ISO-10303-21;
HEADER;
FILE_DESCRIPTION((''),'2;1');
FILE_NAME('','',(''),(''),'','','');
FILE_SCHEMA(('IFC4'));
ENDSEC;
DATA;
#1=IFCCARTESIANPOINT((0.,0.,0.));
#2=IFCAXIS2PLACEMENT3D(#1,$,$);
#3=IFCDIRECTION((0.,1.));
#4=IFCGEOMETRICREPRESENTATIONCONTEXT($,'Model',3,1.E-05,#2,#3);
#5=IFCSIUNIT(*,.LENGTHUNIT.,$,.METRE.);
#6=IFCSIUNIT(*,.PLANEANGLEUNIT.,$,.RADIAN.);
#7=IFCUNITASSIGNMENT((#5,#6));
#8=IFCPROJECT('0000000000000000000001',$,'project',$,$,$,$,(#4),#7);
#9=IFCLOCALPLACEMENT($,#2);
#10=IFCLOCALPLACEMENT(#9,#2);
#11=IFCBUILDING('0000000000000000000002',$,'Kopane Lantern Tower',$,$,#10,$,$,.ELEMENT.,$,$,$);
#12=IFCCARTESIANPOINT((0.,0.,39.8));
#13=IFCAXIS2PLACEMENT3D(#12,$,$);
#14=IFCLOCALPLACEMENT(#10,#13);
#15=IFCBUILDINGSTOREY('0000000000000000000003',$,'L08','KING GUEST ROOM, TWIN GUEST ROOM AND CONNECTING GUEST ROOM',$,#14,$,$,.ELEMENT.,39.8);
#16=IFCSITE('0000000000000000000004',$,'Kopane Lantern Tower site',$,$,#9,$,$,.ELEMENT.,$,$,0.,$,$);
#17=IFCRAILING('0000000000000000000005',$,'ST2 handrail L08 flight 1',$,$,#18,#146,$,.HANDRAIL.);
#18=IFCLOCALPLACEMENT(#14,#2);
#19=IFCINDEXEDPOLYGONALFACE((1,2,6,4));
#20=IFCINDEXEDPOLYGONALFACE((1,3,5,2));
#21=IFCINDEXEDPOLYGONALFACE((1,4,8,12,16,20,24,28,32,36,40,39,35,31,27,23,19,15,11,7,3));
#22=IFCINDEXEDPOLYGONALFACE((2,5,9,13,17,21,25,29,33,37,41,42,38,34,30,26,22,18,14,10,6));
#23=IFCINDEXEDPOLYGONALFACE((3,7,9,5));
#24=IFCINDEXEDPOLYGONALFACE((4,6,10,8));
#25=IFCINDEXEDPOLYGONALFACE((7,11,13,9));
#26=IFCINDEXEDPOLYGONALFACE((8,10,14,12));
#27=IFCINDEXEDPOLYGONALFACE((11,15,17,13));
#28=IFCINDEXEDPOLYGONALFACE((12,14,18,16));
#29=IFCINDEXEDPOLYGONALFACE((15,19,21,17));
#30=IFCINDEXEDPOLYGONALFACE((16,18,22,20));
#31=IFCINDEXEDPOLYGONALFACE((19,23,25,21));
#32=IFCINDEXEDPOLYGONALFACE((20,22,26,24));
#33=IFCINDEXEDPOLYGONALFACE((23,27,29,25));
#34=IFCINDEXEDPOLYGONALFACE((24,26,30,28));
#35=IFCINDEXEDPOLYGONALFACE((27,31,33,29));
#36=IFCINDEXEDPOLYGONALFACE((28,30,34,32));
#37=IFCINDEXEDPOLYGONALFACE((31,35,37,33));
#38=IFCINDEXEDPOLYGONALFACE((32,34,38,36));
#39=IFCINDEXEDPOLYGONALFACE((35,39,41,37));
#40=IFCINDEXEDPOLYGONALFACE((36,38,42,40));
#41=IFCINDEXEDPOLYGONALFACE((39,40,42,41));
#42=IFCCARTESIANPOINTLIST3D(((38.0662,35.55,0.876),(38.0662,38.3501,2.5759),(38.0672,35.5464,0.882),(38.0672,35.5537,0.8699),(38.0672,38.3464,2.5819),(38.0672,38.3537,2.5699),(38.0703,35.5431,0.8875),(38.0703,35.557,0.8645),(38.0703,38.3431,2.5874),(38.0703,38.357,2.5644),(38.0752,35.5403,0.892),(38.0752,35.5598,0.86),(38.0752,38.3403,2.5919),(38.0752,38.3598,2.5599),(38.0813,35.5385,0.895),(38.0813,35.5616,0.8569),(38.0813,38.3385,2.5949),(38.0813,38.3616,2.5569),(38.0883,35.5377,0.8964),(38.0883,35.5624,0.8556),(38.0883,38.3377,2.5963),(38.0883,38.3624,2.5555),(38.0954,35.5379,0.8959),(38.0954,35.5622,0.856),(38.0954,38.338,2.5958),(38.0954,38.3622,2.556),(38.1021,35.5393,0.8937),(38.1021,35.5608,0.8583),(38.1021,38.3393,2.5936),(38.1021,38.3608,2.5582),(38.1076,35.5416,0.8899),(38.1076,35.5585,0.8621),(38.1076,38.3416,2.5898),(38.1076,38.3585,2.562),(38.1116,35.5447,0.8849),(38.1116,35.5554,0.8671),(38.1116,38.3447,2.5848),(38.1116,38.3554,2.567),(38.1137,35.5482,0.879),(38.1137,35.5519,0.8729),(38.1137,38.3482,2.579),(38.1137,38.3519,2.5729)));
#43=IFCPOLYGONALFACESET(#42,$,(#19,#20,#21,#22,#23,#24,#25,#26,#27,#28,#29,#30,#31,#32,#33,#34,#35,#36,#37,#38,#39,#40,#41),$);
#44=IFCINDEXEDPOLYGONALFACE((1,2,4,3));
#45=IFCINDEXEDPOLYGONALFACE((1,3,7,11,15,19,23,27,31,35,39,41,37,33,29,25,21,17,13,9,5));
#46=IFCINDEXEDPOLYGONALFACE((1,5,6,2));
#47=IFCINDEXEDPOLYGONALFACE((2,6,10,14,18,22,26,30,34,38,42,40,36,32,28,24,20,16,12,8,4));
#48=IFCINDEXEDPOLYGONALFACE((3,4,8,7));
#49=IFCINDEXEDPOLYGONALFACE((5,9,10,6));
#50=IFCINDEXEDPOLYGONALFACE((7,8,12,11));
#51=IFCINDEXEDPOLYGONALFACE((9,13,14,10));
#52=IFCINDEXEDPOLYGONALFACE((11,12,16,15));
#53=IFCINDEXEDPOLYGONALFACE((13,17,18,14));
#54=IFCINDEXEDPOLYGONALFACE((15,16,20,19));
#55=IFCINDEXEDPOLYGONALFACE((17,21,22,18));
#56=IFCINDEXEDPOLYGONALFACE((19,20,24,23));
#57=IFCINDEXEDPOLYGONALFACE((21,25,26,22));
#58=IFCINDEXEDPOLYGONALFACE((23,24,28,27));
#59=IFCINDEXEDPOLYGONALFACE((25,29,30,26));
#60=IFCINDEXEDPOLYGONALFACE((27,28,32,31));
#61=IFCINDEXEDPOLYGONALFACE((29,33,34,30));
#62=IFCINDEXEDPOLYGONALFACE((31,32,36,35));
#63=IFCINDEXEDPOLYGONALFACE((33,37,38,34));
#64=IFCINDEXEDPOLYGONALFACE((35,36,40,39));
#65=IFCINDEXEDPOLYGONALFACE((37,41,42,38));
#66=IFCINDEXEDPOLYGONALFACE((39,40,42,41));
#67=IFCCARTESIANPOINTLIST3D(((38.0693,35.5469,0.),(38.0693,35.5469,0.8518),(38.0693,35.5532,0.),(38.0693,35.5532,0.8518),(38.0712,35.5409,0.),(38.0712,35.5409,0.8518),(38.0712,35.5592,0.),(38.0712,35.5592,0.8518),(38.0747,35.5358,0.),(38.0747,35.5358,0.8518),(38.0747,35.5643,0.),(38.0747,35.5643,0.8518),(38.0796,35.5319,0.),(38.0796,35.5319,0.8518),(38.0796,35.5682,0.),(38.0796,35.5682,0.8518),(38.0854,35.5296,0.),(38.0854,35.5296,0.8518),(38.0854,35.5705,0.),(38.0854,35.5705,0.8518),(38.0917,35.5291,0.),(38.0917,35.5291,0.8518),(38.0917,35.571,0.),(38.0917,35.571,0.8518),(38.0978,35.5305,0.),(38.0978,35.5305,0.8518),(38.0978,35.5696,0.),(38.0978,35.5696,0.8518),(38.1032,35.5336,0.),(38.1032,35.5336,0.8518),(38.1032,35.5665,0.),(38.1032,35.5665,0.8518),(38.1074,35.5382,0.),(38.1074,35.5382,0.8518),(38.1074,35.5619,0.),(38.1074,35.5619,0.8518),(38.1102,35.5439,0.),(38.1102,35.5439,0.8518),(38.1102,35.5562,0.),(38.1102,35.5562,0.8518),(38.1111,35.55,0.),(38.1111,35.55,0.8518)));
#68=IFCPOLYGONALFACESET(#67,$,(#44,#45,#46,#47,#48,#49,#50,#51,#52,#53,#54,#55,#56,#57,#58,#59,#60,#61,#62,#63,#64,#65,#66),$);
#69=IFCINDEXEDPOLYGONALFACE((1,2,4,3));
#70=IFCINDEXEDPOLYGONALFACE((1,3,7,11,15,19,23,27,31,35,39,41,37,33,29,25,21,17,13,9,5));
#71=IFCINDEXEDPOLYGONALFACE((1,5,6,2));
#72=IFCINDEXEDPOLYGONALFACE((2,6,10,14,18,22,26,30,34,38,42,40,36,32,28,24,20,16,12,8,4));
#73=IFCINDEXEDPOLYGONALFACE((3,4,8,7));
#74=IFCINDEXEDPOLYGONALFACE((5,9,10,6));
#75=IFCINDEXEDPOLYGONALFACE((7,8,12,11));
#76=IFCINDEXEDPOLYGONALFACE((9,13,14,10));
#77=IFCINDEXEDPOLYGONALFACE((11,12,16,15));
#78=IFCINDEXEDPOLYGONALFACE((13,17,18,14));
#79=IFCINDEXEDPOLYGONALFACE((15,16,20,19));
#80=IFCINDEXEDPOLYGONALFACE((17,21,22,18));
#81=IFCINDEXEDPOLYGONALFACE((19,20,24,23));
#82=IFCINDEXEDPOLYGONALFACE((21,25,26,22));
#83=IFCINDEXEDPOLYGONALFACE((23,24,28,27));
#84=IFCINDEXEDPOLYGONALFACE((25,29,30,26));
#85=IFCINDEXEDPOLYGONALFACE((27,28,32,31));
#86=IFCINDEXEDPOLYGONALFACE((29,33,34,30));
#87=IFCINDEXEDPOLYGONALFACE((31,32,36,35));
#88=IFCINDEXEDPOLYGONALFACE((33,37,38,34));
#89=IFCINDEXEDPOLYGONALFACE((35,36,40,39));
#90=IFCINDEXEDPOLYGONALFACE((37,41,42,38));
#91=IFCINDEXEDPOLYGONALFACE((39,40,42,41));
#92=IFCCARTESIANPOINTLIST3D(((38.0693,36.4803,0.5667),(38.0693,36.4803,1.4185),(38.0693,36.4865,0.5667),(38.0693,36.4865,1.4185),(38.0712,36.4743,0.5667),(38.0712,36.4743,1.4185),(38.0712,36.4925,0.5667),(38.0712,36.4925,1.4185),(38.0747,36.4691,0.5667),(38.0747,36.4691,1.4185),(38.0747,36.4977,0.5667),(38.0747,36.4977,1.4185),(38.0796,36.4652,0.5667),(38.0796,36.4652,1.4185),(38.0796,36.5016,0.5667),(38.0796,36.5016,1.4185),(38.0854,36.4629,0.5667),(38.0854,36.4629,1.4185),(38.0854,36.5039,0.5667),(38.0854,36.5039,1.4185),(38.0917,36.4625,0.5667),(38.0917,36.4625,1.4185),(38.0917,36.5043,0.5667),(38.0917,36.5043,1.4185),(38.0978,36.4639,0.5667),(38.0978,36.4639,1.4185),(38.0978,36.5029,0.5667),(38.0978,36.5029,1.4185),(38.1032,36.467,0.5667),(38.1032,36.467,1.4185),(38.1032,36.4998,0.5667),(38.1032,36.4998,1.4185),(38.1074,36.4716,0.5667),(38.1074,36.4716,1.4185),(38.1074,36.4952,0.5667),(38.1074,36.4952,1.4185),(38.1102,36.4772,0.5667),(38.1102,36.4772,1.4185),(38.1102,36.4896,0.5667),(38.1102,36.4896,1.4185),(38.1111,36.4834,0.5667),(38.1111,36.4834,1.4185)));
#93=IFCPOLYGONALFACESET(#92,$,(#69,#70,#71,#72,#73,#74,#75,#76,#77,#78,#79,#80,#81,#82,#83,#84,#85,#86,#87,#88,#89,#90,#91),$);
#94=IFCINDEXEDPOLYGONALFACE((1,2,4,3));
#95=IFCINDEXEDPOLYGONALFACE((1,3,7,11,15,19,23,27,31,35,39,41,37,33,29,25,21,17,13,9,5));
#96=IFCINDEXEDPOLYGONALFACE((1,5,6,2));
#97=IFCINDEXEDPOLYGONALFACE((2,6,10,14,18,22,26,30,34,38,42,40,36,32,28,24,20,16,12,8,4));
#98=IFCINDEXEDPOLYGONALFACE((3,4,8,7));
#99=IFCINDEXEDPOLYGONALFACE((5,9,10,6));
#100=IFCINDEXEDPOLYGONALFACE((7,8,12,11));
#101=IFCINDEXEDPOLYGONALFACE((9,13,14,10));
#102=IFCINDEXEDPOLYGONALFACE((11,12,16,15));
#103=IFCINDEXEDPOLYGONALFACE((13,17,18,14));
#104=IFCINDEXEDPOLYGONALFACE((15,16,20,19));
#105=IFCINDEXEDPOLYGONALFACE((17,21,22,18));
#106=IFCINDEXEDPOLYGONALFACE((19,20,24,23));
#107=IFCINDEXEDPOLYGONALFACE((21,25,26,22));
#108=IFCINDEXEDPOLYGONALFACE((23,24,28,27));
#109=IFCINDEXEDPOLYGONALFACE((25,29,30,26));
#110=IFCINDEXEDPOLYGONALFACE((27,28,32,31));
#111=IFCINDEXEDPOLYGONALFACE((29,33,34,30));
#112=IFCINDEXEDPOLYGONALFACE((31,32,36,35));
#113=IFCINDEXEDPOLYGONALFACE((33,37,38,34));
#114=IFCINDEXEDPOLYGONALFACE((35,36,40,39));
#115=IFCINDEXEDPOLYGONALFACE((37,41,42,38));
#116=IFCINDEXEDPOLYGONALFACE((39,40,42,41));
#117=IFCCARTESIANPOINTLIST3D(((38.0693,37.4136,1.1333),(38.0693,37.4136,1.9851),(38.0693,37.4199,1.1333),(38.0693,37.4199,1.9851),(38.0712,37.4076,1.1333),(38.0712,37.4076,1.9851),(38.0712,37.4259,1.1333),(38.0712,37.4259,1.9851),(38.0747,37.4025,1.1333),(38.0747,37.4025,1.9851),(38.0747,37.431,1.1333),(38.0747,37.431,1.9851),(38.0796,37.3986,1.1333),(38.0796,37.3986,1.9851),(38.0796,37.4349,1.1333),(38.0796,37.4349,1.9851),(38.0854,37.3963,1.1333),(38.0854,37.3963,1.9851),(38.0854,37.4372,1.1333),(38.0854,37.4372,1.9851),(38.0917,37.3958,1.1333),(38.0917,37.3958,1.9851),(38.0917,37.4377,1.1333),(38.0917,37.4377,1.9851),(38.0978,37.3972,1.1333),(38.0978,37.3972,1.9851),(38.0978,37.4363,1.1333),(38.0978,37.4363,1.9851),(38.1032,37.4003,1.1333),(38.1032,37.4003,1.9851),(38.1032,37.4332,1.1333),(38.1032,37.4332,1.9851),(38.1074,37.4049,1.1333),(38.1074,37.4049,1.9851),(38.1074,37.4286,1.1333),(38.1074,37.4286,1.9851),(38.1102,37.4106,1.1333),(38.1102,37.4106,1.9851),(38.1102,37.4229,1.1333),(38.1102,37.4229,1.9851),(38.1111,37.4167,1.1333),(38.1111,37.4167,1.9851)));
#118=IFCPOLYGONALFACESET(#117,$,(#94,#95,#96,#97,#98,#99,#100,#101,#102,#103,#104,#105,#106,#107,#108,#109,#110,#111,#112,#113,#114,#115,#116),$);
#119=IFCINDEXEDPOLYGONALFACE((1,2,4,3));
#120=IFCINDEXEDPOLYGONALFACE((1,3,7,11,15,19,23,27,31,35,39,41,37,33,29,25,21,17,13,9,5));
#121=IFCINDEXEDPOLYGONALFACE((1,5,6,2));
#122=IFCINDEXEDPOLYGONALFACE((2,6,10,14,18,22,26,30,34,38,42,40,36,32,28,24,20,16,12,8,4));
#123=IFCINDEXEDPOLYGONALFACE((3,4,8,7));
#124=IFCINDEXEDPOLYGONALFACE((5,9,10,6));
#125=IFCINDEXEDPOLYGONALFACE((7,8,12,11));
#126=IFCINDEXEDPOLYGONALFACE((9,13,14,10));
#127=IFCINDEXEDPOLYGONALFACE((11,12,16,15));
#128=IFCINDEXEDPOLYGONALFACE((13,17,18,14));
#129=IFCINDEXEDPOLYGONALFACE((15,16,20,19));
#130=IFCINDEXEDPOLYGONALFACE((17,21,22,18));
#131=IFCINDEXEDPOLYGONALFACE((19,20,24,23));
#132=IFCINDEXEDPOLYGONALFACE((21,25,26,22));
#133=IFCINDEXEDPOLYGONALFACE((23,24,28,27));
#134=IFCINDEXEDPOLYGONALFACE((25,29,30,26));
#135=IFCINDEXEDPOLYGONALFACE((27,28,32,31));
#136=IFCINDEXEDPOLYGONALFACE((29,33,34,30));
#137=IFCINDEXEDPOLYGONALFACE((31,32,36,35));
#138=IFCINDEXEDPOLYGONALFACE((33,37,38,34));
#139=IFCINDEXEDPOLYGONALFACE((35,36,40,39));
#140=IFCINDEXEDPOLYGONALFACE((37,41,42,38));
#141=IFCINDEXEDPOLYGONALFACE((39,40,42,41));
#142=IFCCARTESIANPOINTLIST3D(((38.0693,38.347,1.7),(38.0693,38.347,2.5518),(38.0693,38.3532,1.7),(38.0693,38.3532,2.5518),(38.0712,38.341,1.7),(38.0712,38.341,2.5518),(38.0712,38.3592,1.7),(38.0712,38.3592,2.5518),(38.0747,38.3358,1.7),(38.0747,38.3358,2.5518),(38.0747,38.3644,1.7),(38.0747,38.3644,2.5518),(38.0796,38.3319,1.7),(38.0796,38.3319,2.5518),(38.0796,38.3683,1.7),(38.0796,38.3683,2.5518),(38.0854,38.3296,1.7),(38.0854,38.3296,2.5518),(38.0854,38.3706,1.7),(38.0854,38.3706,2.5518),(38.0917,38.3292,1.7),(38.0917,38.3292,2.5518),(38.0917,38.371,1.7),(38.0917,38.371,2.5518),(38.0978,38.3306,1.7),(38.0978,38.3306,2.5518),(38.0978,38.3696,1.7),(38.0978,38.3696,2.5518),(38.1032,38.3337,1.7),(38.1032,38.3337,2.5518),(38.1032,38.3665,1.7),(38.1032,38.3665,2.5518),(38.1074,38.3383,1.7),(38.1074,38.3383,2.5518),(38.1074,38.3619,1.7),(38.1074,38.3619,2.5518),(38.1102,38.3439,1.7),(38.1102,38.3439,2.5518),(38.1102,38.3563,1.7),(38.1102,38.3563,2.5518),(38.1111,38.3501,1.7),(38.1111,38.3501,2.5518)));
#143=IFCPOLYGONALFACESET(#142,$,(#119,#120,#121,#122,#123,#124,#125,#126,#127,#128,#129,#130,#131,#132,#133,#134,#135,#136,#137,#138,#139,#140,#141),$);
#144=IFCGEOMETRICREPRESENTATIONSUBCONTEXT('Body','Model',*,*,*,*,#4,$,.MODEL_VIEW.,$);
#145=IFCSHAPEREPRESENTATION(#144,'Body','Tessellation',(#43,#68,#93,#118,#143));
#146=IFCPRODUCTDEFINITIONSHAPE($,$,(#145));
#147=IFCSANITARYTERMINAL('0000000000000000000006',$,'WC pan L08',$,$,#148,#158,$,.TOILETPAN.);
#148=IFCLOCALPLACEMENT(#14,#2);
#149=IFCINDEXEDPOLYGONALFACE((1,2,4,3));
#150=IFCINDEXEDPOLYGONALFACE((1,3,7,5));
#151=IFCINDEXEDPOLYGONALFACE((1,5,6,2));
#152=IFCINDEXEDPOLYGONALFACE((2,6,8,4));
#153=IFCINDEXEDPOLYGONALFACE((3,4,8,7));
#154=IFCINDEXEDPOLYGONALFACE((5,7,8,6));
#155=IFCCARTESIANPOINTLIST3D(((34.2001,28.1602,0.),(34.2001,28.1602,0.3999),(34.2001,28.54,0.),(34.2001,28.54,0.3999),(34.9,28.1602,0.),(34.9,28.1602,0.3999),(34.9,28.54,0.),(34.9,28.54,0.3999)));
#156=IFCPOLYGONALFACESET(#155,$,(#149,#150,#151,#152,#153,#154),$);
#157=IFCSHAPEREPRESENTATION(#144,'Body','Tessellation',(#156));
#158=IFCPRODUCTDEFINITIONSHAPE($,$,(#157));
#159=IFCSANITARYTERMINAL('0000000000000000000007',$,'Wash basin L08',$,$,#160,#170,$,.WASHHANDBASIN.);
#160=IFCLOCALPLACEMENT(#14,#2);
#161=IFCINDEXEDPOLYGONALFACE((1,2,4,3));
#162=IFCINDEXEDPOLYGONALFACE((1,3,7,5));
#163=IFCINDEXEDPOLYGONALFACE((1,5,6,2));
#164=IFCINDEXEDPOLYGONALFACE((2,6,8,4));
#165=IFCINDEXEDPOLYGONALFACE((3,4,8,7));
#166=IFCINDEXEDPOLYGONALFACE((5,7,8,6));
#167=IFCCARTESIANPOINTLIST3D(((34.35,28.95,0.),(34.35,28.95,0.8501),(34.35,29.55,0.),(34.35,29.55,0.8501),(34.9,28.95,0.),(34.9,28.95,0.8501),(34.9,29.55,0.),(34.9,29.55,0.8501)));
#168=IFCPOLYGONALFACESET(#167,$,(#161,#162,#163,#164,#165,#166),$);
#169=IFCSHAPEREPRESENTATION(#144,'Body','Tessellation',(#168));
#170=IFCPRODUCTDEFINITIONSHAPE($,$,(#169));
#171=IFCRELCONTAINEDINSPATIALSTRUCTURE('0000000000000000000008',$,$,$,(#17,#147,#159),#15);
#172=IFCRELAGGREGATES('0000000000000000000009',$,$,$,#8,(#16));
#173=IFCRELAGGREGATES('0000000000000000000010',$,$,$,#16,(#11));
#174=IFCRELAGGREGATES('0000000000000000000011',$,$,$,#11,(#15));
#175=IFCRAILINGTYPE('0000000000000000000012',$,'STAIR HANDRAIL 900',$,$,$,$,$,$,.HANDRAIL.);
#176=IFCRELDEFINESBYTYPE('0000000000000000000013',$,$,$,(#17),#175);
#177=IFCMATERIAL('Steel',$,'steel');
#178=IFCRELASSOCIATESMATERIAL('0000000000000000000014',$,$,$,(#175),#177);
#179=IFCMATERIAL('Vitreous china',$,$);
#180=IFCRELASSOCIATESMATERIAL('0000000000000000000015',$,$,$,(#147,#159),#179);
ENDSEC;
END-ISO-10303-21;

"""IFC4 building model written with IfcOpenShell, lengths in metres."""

from ifc_helpers import new_model, si_unit, direction, frame, origin, origin_2d, place, context, subcontext, project, spatial, rectangle, circle, extrude, material, type_object, element, save


model = new_model("IFC4")

# Units and contexts
model_context = context("Model", 3, precision=1e-05, world=origin(), true_north=direction((0.0, 1.0)))
body_context = subcontext(model_context, "Body", "Model", "MODEL_VIEW")
ifc_project = project(units=[si_unit("LENGTHUNIT", "METRE"), si_unit("PLANEANGLEUNIT", "RADIAN")], contexts=[model_context])

# Site, building, storey
site_placement = place(None, origin())
site = spatial("IfcSite", under=ifc_project, at=site_placement, Name="Kopane Lantern Tower site", CompositionType="ELEMENT", RefElevation=0.0)
building_placement = place(site_placement, origin())
building = spatial("IfcBuilding", under=site, at=building_placement, Name="Kopane Lantern Tower", CompositionType="ELEMENT")
storey_placement = place(building_placement, frame((0.0, 0.0, 39.8)))
storey = spatial("IfcBuildingStorey", under=building, at=storey_placement, Name="L08", Description="KING GUEST ROOM, TWIN GUEST ROOM AND CONNECTING GUEST ROOM", CompositionType="ELEMENT", Elevation=39.8)

# Railing
ifc_material_1 = material(Name="Steel", Category="steel")
railing_type_1 = type_object("IfcRailingType", Name="STAIR HANDRAIL 900", PredefinedType="HANDRAIL", material=ifc_material_1)
for number, where, name in (
    (1, (38.0901, 35.55, 0.0), "ST2 handrail L08 flight 1"),
):
    element("IfcRailing", number, at=place(storey_placement, frame(where)), inside=storey, type_object=railing_type_1, Name=name, PredefinedType="HANDRAIL", context=body_context, shape_type="SweptSolid", body=[
        extrude(circle(Radius=0.0239, at=origin_2d()), frame((0.0, 0.0, 0.876), z_axis=(0.0, 0.854798, 0.518961), x_axis=(-1.0, 0.0, 0.0)), (0.0, 0.0, 1.0), 3.2756),
        extrude(circle(Radius=0.021, at=origin_2d()), origin(), (0.0, 0.0, 1.0), 0.8518),
        extrude(circle(Radius=0.021, at=origin_2d()), frame((0.0, 0.9333, 0.5667)), (0.0, 0.0, 1.0), 0.8518),
        extrude(circle(Radius=0.021, at=origin_2d()), frame((0.0, 1.8667, 1.1333)), (0.0, 0.0, 1.0), 0.8518),
        extrude(circle(Radius=0.021, at=origin_2d()), frame((0.0, 2.8, 1.7)), (0.0, 0.0, 1.0), 0.8518),
    ])

# Sanitary terminals
ifc_material_2 = material(Name="Vitreous china")
sanitary_terminal_1_placement = place(storey_placement, frame((34.55, 28.3501, 0.0), z_axis=(0.0, 0.0, 1.0), x_axis=(1.0, 0.0, 0.0)))
element("IfcSanitaryTerminal", 2, at=sanitary_terminal_1_placement, inside=storey, material=ifc_material_2, Name="WC pan L08", PredefinedType="TOILETPAN", context=body_context, shape_type="SweptSolid", body=[
    extrude(rectangle(XDim=0.7, YDim=0.3799, at=origin_2d()), origin(), (0.0, 0.0, 1.0), 0.3999),
])
sanitary_terminal_2_placement = place(storey_placement, frame((34.625, 29.25, 0.0), z_axis=(0.0, 0.0, 1.0), x_axis=(1.0, 0.0, 0.0)))
element("IfcSanitaryTerminal", 3, at=sanitary_terminal_2_placement, inside=storey, material=ifc_material_2, Name="Wash basin L08", PredefinedType="WASHHANDBASIN", context=body_context, shape_type="SweptSolid", body=[
    extrude(rectangle(XDim=0.55, YDim=0.6001, at=origin_2d()), origin(), (0.0, 0.0, 1.0), 0.8501),
])

save(model, "model.ifc")
